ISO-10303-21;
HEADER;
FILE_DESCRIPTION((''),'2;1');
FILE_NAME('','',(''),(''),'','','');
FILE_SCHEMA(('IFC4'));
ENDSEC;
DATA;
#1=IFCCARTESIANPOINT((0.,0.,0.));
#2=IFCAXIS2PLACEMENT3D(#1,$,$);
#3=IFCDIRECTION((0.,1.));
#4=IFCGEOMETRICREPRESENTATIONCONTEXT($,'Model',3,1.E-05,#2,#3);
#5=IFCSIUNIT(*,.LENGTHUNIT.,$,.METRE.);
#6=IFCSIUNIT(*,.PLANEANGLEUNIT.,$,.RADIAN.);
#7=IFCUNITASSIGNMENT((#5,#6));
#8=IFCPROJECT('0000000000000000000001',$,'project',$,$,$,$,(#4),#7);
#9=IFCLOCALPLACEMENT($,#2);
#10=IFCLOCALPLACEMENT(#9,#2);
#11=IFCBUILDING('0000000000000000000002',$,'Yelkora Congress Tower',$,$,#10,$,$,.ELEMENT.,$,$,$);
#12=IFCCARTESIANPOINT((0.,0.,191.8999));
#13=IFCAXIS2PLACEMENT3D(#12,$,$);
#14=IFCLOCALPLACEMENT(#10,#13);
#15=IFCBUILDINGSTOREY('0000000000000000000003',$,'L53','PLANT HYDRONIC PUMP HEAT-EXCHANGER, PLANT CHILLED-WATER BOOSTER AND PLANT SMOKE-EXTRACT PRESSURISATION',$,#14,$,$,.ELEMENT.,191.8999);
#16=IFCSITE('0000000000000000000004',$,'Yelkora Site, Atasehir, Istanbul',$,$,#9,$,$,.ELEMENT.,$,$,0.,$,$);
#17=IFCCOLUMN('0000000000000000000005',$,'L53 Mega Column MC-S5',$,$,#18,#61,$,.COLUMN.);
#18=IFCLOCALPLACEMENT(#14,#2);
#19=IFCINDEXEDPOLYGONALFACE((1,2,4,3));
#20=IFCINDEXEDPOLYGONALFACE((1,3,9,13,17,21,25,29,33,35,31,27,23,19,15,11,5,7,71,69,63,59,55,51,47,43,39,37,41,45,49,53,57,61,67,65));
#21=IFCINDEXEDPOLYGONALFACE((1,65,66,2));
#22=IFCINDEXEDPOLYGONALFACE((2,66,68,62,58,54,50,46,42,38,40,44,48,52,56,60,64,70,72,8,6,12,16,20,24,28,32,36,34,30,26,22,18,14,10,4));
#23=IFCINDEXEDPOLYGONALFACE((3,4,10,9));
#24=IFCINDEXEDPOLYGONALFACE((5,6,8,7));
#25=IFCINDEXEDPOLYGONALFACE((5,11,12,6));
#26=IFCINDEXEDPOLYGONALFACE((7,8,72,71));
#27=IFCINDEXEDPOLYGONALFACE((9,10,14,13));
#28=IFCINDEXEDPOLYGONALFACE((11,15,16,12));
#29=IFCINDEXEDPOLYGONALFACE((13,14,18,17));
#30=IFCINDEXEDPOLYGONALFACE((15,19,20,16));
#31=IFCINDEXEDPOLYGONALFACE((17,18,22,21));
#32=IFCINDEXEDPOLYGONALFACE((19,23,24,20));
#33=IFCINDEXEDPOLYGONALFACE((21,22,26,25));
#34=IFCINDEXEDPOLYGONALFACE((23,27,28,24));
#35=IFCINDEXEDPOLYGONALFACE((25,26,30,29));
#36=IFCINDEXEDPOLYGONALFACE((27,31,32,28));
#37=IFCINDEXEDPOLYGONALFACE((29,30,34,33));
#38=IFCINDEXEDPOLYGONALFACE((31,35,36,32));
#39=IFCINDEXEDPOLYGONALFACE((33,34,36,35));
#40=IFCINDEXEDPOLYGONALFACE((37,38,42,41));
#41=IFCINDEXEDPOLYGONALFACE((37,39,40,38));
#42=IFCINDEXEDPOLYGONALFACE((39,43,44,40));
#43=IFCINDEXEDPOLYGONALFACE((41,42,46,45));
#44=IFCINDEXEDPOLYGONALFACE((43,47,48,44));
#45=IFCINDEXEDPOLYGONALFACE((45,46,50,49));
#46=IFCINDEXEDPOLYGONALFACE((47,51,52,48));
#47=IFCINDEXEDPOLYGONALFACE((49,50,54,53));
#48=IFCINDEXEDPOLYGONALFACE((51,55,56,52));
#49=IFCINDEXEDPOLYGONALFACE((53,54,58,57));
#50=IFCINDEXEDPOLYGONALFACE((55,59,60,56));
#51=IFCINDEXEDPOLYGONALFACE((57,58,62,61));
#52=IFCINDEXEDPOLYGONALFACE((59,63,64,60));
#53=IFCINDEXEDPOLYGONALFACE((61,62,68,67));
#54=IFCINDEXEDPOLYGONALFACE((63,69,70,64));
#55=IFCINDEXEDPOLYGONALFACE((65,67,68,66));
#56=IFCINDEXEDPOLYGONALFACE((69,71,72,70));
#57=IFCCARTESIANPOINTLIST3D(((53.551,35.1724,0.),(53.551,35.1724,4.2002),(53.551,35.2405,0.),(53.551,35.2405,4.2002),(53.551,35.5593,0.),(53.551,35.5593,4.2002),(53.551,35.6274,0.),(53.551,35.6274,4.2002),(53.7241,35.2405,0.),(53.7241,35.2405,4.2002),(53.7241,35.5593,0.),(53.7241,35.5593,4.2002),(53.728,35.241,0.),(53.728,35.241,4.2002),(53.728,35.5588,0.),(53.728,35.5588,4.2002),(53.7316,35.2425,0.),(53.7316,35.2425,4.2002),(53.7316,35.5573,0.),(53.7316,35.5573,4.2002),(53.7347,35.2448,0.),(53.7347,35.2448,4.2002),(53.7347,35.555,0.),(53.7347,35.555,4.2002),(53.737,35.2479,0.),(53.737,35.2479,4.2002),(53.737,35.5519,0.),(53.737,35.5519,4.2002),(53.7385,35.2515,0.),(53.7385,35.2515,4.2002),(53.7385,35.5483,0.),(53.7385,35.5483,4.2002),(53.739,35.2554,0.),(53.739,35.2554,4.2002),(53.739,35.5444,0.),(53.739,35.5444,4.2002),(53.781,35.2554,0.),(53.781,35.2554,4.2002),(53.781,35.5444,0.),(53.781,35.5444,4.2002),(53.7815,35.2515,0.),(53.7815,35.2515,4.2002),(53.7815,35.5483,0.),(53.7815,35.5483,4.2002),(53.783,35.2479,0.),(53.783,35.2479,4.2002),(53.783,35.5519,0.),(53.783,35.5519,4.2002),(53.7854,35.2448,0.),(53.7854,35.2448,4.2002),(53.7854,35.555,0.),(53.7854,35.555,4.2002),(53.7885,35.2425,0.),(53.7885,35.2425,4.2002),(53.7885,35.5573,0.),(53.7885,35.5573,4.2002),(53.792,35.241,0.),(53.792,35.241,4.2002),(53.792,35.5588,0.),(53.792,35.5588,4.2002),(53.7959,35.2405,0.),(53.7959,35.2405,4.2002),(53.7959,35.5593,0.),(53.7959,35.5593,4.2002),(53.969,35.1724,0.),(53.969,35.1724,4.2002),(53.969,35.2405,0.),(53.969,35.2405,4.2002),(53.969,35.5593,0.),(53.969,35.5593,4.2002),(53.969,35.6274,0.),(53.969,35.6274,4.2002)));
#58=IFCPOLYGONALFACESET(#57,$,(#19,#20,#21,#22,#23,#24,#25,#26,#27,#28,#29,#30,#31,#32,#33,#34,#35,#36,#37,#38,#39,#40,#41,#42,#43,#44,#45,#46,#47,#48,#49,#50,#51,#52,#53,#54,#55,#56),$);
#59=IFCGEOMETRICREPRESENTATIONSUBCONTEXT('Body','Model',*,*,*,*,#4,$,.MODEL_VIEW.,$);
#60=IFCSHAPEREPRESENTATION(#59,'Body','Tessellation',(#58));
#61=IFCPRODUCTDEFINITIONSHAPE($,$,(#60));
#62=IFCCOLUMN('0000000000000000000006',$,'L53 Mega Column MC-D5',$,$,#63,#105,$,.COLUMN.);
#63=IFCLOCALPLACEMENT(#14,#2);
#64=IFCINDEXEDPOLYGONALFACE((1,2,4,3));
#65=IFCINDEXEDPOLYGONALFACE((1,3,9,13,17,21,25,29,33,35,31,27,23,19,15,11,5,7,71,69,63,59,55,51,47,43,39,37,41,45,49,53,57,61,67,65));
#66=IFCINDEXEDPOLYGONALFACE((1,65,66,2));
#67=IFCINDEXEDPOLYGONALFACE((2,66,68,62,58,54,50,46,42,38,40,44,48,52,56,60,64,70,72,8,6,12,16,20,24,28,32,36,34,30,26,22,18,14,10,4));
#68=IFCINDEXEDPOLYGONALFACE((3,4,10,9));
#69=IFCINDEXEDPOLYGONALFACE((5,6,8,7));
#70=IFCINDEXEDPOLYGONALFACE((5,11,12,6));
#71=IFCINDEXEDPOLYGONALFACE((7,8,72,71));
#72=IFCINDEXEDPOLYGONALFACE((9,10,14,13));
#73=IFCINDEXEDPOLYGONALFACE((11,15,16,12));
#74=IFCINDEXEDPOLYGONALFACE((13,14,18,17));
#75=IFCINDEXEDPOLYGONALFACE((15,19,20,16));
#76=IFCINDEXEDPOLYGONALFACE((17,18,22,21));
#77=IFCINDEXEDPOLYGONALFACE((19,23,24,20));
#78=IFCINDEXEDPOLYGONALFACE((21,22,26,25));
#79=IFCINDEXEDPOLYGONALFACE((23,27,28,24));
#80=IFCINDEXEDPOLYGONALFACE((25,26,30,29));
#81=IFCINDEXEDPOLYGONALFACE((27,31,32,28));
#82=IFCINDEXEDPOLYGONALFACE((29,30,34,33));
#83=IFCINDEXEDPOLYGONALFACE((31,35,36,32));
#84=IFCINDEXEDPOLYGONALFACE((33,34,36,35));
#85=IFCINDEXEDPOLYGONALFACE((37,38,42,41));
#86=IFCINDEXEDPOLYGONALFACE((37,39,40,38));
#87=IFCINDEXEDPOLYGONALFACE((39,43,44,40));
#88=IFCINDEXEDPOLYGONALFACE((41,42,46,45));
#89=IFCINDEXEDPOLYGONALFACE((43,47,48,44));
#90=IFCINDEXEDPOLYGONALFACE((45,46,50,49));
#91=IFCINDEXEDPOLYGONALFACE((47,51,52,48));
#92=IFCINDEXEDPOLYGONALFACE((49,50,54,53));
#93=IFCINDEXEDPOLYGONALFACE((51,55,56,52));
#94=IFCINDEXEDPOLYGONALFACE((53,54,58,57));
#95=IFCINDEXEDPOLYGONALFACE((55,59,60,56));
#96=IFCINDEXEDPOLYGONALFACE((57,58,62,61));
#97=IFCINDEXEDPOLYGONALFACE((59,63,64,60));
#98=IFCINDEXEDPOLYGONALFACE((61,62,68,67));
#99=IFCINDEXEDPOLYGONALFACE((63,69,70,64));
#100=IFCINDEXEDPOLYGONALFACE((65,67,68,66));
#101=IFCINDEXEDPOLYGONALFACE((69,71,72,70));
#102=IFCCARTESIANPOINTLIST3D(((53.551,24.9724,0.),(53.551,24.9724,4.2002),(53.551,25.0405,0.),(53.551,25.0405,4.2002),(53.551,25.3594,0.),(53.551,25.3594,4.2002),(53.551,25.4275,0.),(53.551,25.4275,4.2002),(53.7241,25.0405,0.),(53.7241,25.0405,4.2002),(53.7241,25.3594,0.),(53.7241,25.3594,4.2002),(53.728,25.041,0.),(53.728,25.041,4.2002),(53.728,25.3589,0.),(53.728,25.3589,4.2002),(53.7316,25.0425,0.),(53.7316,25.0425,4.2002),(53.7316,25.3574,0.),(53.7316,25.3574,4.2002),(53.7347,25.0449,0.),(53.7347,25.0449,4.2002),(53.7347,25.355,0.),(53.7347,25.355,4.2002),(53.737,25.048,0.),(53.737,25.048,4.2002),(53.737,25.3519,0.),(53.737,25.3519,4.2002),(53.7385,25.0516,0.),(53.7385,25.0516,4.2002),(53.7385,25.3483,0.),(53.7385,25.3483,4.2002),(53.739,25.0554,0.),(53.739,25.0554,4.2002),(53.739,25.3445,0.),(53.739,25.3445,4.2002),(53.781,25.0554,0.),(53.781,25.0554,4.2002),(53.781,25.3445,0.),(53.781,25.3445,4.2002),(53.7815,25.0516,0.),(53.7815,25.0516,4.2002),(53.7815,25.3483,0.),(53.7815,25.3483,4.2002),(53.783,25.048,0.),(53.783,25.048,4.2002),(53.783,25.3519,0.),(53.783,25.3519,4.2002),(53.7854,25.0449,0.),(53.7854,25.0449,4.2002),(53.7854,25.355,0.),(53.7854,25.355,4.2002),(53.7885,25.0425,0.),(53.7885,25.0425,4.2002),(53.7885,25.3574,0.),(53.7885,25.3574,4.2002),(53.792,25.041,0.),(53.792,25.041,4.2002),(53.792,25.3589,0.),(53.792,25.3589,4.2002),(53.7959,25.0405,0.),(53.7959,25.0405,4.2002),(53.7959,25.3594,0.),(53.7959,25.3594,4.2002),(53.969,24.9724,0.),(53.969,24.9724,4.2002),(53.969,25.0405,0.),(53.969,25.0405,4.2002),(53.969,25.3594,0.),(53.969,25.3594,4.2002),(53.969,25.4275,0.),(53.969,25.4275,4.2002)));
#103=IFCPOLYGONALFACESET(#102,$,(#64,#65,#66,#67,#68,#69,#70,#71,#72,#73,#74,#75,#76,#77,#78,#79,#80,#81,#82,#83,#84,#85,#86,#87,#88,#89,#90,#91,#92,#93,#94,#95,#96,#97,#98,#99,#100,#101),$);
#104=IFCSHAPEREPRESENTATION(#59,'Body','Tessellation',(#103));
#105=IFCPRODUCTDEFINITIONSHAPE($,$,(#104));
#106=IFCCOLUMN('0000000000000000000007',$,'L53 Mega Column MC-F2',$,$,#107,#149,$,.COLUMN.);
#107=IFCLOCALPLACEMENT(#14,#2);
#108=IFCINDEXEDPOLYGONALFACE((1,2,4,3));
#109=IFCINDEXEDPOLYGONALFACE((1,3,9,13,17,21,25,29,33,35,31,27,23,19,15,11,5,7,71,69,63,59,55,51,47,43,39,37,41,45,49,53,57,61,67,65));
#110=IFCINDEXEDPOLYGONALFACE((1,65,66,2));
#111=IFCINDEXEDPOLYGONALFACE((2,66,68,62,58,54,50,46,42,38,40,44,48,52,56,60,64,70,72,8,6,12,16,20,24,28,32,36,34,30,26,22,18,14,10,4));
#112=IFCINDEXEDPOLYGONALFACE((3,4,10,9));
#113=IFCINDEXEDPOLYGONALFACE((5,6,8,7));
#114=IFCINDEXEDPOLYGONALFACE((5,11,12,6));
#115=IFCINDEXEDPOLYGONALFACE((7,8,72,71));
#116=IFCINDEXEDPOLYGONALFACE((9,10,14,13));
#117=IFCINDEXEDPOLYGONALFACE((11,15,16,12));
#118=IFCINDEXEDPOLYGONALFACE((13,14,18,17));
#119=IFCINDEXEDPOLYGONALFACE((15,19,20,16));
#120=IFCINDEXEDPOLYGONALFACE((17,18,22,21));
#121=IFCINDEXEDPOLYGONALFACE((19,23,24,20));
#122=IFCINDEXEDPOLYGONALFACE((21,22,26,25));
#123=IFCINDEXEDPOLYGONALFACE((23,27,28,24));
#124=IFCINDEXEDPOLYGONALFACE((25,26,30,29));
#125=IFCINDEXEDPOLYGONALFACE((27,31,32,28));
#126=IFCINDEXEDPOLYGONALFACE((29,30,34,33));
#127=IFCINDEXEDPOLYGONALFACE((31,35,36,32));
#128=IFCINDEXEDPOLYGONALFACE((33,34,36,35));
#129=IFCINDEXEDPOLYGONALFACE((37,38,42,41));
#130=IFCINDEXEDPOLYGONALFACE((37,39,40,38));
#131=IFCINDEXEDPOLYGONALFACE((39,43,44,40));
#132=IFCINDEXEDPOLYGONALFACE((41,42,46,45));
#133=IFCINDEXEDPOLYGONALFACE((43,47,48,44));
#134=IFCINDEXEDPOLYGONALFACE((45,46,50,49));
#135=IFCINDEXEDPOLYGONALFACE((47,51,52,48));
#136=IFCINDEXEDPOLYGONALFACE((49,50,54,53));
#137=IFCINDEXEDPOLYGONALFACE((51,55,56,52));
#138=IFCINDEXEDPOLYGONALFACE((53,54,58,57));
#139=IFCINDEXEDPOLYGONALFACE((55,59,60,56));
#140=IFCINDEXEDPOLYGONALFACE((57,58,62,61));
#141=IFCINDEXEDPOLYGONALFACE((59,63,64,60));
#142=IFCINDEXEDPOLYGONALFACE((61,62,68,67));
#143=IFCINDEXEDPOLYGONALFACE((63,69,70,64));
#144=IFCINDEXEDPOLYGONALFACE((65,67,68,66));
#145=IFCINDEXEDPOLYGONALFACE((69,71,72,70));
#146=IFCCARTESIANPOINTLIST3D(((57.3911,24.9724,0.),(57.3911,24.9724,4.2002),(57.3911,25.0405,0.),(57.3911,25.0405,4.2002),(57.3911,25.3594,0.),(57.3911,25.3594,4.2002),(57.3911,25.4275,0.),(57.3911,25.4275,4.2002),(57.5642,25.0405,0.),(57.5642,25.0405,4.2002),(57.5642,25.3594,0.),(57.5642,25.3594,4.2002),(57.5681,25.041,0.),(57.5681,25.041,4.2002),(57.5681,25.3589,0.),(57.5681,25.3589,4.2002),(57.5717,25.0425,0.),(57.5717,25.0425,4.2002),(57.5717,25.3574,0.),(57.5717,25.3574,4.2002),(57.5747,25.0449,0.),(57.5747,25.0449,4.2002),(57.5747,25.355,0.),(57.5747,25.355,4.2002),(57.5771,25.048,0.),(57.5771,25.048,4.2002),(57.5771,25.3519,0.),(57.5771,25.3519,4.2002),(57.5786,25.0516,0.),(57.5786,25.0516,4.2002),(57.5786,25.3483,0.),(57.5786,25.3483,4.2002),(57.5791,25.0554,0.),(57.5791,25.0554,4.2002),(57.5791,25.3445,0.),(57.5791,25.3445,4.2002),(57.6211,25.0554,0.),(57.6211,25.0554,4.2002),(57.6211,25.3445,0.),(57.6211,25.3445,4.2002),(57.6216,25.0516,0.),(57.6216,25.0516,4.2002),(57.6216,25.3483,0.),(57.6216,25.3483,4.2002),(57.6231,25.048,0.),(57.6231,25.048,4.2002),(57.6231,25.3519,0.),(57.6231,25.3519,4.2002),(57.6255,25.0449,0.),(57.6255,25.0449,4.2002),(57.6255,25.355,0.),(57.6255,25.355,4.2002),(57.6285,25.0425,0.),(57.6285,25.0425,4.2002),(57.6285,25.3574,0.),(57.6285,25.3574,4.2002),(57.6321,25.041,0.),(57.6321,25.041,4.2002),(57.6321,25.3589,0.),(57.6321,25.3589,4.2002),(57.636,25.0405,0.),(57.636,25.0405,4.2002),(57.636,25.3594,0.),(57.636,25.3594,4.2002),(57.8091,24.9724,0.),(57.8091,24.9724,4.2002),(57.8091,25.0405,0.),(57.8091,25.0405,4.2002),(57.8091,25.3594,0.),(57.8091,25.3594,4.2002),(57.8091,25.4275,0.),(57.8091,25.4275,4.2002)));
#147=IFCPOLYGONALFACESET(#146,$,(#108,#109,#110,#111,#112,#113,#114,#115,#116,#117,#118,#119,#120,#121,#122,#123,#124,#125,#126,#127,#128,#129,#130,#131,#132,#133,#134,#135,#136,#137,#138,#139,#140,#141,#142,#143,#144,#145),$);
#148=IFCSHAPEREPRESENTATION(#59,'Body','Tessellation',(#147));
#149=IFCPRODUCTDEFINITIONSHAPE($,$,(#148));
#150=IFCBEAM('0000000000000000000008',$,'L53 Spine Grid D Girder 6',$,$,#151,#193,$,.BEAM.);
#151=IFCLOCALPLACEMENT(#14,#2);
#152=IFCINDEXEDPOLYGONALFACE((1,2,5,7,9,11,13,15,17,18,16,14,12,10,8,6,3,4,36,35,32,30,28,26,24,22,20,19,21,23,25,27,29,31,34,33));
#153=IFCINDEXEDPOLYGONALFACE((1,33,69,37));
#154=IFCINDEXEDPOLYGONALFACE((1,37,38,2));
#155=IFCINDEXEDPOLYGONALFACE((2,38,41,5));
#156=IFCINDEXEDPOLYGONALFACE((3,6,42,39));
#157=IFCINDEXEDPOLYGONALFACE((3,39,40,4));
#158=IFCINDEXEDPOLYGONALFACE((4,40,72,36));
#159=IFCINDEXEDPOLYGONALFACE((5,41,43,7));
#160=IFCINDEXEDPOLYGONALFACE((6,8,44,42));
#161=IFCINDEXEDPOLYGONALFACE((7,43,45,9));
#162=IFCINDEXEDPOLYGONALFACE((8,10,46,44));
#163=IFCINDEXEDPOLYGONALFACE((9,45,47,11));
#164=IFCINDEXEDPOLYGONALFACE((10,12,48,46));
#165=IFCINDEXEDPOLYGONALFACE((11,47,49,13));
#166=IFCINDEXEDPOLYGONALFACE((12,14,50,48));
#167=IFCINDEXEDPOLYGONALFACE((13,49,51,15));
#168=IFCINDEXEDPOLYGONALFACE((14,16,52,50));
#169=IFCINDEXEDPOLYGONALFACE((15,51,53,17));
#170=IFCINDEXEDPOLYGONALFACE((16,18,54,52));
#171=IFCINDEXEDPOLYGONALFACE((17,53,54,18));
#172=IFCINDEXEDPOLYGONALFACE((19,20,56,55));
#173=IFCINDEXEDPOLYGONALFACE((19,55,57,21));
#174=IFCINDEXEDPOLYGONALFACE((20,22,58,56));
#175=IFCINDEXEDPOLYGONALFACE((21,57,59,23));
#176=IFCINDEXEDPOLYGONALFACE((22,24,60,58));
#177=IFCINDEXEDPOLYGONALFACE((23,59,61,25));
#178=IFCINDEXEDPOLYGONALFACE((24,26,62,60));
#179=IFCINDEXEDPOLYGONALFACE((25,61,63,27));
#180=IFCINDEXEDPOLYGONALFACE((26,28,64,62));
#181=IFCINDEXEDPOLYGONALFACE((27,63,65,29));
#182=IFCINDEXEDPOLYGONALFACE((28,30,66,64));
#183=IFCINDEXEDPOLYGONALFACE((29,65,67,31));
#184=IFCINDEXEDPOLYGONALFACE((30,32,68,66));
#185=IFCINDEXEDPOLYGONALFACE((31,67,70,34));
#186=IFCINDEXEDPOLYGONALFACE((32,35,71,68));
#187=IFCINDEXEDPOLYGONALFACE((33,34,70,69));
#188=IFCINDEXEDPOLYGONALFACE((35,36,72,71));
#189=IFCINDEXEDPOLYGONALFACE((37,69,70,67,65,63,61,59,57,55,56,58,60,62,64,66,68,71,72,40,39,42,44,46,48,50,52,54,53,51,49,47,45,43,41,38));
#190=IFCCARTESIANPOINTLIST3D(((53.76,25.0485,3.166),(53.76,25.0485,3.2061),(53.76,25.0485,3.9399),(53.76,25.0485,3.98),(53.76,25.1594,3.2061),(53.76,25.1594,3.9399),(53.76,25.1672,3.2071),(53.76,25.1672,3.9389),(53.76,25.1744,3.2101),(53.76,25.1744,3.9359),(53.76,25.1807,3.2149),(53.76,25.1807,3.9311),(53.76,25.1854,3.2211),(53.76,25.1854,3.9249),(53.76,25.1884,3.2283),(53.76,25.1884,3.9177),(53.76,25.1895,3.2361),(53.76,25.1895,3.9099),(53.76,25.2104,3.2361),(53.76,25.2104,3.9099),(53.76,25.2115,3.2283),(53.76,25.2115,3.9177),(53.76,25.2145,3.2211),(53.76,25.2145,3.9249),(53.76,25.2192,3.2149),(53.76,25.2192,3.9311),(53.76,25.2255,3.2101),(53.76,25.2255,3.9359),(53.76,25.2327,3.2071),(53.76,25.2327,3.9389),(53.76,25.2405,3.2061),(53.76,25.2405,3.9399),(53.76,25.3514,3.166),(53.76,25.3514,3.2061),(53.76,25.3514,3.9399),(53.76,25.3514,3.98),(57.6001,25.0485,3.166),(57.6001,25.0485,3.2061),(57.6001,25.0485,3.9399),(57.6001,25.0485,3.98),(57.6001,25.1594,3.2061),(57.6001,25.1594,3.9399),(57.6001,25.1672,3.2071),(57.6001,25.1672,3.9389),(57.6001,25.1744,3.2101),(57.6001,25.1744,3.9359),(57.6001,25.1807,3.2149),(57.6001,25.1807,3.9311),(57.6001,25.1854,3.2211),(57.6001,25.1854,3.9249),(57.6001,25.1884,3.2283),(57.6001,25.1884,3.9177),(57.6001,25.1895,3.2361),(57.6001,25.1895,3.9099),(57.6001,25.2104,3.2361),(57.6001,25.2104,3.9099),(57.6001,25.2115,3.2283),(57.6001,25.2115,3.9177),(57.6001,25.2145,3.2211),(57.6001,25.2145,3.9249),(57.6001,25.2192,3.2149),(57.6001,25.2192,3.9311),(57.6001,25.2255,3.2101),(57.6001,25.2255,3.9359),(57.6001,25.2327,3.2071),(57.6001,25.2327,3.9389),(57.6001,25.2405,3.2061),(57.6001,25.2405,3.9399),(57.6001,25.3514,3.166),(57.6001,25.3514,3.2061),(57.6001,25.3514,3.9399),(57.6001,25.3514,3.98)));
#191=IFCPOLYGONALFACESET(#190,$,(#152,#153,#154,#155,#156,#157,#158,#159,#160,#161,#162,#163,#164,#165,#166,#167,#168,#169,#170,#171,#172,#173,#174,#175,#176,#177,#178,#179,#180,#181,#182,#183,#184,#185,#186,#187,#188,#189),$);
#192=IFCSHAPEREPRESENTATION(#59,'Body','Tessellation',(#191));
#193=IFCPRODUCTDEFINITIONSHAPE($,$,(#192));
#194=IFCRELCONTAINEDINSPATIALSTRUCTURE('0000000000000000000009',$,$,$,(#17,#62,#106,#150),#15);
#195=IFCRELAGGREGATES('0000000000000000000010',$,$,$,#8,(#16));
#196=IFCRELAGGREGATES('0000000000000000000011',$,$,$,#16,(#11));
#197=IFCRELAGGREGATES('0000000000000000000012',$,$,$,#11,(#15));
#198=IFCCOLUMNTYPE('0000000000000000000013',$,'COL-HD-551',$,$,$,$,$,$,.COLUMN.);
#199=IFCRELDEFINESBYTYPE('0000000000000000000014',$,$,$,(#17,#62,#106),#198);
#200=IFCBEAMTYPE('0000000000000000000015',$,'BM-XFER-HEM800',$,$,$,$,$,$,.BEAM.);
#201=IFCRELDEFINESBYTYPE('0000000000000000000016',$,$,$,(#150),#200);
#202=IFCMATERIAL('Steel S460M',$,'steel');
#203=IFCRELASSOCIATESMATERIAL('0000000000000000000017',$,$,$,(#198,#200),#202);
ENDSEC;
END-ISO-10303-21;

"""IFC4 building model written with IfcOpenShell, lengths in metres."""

from ifc_helpers import new_model, si_unit, direction, frame, origin, origin_2d, place, context, subcontext, project, spatial, i_section, extrude, material, material_profile, profile_set, type_object, element, save


model = new_model("IFC4")

# Units and contexts
model_context = context("Model", 3, precision=1e-05, world=origin(), true_north=direction((0.0, 1.0)))
body_context = subcontext(model_context, "Body", "Model", "MODEL_VIEW")
ifc_project = project(units=[si_unit("LENGTHUNIT", "METRE"), si_unit("PLANEANGLEUNIT", "RADIAN")], contexts=[model_context])

# Site, building, storey
site_placement = place(None, origin())
site = spatial("IfcSite", under=ifc_project, at=site_placement, Name="Yelkora Site, Atasehir, Istanbul", CompositionType="ELEMENT", RefElevation=0.0)
building_placement = place(site_placement, origin())
building = spatial("IfcBuilding", under=site, at=building_placement, Name="Yelkora Congress Tower", CompositionType="ELEMENT")
storey_placement = place(building_placement, frame((0.0, 0.0, 191.8999)))
storey = spatial("IfcBuildingStorey", under=building, at=storey_placement, Name="L53", Description="PLANT HYDRONIC PUMP HEAT-EXCHANGER, PLANT CHILLED-WATER BOOSTER AND PLANT SMOKE-EXTRACT PRESSURISATION", CompositionType="ELEMENT", Elevation=191.8999)

# Columns
ifc_material_1 = material(Name="Steel S460M", Category="steel")
ifc_material_profile_1 = material_profile(ifc_material_1, i_section(OverallWidth=0.418, OverallDepth=0.4551, WebThickness=0.042, FlangeThickness=0.0681, FilletRadius=0.0149, at=origin_2d()), Name="HD 400x551")
ifc_profile_set_1 = profile_set([ifc_material_profile_1], Name="Steel S460M")
column_type = type_object("IfcColumnType", Name="COL-HD-551", PredefinedType="COLUMN", material=ifc_profile_set_1)
for number, where, z_axis, x_axis, name in (
    (1, (53.76, 35.3999, 0.0), (0.0, 0.0, 1.0), (1.0, 0.0, 0.0), "L53 Mega Column MC-S5"),
    (2, (53.76, 25.2, 0.0), (0.0, 0.0, 1.0), (1.0, 0.0, 0.0), "L53 Mega Column MC-D5"),
    (3, (57.6001, 25.2, 0.0), (0.0, 0.0, 1.0), (1.0, 0.0, 0.0), "L53 Mega Column MC-F2"),
):
    element("IfcColumn", number, at=place(storey_placement, frame(where, z_axis=z_axis, x_axis=x_axis)), inside=storey, type_object=column_type, Name=name, PredefinedType="COLUMN", context=body_context, shape_type="SweptSolid", body=[
        extrude(i_section(OverallWidth=0.418, OverallDepth=0.4551, WebThickness=0.042, FlangeThickness=0.0681, FilletRadius=0.0149, at=origin_2d()), origin(), (0.0, 0.0, 1.0), 4.2002),
    ])

# Beam
ifc_material_profile_2 = material_profile(ifc_material_1, i_section(OverallWidth=0.303, OverallDepth=0.814, WebThickness=0.021, FlangeThickness=0.04, FilletRadius=0.03, at=origin_2d()), Name="HEM 800")
ifc_profile_set_2 = profile_set([ifc_material_profile_2], Name="Steel S460M")
beam_type = type_object("IfcBeamType", Name="BM-XFER-HEM800", PredefinedType="BEAM", material=ifc_profile_set_2)
beam_1_placement = place(storey_placement, frame((53.76, 25.2, 3.573), z_axis=(1.0, 0.0, 0.0), x_axis=(0.0, 1.0, 0.0)))
element("IfcBeam", 4, at=beam_1_placement, inside=storey, type_object=beam_type, Name="L53 Spine Grid D Girder 6", PredefinedType="BEAM", context=body_context, shape_type="SweptSolid", body=[
    extrude(i_section(OverallWidth=0.303, OverallDepth=0.814, WebThickness=0.021, FlangeThickness=0.04, FilletRadius=0.03, at=origin_2d()), origin(), (0.0, 0.0, 1.0), 3.8401),
])

save(model, "model.ifc")
